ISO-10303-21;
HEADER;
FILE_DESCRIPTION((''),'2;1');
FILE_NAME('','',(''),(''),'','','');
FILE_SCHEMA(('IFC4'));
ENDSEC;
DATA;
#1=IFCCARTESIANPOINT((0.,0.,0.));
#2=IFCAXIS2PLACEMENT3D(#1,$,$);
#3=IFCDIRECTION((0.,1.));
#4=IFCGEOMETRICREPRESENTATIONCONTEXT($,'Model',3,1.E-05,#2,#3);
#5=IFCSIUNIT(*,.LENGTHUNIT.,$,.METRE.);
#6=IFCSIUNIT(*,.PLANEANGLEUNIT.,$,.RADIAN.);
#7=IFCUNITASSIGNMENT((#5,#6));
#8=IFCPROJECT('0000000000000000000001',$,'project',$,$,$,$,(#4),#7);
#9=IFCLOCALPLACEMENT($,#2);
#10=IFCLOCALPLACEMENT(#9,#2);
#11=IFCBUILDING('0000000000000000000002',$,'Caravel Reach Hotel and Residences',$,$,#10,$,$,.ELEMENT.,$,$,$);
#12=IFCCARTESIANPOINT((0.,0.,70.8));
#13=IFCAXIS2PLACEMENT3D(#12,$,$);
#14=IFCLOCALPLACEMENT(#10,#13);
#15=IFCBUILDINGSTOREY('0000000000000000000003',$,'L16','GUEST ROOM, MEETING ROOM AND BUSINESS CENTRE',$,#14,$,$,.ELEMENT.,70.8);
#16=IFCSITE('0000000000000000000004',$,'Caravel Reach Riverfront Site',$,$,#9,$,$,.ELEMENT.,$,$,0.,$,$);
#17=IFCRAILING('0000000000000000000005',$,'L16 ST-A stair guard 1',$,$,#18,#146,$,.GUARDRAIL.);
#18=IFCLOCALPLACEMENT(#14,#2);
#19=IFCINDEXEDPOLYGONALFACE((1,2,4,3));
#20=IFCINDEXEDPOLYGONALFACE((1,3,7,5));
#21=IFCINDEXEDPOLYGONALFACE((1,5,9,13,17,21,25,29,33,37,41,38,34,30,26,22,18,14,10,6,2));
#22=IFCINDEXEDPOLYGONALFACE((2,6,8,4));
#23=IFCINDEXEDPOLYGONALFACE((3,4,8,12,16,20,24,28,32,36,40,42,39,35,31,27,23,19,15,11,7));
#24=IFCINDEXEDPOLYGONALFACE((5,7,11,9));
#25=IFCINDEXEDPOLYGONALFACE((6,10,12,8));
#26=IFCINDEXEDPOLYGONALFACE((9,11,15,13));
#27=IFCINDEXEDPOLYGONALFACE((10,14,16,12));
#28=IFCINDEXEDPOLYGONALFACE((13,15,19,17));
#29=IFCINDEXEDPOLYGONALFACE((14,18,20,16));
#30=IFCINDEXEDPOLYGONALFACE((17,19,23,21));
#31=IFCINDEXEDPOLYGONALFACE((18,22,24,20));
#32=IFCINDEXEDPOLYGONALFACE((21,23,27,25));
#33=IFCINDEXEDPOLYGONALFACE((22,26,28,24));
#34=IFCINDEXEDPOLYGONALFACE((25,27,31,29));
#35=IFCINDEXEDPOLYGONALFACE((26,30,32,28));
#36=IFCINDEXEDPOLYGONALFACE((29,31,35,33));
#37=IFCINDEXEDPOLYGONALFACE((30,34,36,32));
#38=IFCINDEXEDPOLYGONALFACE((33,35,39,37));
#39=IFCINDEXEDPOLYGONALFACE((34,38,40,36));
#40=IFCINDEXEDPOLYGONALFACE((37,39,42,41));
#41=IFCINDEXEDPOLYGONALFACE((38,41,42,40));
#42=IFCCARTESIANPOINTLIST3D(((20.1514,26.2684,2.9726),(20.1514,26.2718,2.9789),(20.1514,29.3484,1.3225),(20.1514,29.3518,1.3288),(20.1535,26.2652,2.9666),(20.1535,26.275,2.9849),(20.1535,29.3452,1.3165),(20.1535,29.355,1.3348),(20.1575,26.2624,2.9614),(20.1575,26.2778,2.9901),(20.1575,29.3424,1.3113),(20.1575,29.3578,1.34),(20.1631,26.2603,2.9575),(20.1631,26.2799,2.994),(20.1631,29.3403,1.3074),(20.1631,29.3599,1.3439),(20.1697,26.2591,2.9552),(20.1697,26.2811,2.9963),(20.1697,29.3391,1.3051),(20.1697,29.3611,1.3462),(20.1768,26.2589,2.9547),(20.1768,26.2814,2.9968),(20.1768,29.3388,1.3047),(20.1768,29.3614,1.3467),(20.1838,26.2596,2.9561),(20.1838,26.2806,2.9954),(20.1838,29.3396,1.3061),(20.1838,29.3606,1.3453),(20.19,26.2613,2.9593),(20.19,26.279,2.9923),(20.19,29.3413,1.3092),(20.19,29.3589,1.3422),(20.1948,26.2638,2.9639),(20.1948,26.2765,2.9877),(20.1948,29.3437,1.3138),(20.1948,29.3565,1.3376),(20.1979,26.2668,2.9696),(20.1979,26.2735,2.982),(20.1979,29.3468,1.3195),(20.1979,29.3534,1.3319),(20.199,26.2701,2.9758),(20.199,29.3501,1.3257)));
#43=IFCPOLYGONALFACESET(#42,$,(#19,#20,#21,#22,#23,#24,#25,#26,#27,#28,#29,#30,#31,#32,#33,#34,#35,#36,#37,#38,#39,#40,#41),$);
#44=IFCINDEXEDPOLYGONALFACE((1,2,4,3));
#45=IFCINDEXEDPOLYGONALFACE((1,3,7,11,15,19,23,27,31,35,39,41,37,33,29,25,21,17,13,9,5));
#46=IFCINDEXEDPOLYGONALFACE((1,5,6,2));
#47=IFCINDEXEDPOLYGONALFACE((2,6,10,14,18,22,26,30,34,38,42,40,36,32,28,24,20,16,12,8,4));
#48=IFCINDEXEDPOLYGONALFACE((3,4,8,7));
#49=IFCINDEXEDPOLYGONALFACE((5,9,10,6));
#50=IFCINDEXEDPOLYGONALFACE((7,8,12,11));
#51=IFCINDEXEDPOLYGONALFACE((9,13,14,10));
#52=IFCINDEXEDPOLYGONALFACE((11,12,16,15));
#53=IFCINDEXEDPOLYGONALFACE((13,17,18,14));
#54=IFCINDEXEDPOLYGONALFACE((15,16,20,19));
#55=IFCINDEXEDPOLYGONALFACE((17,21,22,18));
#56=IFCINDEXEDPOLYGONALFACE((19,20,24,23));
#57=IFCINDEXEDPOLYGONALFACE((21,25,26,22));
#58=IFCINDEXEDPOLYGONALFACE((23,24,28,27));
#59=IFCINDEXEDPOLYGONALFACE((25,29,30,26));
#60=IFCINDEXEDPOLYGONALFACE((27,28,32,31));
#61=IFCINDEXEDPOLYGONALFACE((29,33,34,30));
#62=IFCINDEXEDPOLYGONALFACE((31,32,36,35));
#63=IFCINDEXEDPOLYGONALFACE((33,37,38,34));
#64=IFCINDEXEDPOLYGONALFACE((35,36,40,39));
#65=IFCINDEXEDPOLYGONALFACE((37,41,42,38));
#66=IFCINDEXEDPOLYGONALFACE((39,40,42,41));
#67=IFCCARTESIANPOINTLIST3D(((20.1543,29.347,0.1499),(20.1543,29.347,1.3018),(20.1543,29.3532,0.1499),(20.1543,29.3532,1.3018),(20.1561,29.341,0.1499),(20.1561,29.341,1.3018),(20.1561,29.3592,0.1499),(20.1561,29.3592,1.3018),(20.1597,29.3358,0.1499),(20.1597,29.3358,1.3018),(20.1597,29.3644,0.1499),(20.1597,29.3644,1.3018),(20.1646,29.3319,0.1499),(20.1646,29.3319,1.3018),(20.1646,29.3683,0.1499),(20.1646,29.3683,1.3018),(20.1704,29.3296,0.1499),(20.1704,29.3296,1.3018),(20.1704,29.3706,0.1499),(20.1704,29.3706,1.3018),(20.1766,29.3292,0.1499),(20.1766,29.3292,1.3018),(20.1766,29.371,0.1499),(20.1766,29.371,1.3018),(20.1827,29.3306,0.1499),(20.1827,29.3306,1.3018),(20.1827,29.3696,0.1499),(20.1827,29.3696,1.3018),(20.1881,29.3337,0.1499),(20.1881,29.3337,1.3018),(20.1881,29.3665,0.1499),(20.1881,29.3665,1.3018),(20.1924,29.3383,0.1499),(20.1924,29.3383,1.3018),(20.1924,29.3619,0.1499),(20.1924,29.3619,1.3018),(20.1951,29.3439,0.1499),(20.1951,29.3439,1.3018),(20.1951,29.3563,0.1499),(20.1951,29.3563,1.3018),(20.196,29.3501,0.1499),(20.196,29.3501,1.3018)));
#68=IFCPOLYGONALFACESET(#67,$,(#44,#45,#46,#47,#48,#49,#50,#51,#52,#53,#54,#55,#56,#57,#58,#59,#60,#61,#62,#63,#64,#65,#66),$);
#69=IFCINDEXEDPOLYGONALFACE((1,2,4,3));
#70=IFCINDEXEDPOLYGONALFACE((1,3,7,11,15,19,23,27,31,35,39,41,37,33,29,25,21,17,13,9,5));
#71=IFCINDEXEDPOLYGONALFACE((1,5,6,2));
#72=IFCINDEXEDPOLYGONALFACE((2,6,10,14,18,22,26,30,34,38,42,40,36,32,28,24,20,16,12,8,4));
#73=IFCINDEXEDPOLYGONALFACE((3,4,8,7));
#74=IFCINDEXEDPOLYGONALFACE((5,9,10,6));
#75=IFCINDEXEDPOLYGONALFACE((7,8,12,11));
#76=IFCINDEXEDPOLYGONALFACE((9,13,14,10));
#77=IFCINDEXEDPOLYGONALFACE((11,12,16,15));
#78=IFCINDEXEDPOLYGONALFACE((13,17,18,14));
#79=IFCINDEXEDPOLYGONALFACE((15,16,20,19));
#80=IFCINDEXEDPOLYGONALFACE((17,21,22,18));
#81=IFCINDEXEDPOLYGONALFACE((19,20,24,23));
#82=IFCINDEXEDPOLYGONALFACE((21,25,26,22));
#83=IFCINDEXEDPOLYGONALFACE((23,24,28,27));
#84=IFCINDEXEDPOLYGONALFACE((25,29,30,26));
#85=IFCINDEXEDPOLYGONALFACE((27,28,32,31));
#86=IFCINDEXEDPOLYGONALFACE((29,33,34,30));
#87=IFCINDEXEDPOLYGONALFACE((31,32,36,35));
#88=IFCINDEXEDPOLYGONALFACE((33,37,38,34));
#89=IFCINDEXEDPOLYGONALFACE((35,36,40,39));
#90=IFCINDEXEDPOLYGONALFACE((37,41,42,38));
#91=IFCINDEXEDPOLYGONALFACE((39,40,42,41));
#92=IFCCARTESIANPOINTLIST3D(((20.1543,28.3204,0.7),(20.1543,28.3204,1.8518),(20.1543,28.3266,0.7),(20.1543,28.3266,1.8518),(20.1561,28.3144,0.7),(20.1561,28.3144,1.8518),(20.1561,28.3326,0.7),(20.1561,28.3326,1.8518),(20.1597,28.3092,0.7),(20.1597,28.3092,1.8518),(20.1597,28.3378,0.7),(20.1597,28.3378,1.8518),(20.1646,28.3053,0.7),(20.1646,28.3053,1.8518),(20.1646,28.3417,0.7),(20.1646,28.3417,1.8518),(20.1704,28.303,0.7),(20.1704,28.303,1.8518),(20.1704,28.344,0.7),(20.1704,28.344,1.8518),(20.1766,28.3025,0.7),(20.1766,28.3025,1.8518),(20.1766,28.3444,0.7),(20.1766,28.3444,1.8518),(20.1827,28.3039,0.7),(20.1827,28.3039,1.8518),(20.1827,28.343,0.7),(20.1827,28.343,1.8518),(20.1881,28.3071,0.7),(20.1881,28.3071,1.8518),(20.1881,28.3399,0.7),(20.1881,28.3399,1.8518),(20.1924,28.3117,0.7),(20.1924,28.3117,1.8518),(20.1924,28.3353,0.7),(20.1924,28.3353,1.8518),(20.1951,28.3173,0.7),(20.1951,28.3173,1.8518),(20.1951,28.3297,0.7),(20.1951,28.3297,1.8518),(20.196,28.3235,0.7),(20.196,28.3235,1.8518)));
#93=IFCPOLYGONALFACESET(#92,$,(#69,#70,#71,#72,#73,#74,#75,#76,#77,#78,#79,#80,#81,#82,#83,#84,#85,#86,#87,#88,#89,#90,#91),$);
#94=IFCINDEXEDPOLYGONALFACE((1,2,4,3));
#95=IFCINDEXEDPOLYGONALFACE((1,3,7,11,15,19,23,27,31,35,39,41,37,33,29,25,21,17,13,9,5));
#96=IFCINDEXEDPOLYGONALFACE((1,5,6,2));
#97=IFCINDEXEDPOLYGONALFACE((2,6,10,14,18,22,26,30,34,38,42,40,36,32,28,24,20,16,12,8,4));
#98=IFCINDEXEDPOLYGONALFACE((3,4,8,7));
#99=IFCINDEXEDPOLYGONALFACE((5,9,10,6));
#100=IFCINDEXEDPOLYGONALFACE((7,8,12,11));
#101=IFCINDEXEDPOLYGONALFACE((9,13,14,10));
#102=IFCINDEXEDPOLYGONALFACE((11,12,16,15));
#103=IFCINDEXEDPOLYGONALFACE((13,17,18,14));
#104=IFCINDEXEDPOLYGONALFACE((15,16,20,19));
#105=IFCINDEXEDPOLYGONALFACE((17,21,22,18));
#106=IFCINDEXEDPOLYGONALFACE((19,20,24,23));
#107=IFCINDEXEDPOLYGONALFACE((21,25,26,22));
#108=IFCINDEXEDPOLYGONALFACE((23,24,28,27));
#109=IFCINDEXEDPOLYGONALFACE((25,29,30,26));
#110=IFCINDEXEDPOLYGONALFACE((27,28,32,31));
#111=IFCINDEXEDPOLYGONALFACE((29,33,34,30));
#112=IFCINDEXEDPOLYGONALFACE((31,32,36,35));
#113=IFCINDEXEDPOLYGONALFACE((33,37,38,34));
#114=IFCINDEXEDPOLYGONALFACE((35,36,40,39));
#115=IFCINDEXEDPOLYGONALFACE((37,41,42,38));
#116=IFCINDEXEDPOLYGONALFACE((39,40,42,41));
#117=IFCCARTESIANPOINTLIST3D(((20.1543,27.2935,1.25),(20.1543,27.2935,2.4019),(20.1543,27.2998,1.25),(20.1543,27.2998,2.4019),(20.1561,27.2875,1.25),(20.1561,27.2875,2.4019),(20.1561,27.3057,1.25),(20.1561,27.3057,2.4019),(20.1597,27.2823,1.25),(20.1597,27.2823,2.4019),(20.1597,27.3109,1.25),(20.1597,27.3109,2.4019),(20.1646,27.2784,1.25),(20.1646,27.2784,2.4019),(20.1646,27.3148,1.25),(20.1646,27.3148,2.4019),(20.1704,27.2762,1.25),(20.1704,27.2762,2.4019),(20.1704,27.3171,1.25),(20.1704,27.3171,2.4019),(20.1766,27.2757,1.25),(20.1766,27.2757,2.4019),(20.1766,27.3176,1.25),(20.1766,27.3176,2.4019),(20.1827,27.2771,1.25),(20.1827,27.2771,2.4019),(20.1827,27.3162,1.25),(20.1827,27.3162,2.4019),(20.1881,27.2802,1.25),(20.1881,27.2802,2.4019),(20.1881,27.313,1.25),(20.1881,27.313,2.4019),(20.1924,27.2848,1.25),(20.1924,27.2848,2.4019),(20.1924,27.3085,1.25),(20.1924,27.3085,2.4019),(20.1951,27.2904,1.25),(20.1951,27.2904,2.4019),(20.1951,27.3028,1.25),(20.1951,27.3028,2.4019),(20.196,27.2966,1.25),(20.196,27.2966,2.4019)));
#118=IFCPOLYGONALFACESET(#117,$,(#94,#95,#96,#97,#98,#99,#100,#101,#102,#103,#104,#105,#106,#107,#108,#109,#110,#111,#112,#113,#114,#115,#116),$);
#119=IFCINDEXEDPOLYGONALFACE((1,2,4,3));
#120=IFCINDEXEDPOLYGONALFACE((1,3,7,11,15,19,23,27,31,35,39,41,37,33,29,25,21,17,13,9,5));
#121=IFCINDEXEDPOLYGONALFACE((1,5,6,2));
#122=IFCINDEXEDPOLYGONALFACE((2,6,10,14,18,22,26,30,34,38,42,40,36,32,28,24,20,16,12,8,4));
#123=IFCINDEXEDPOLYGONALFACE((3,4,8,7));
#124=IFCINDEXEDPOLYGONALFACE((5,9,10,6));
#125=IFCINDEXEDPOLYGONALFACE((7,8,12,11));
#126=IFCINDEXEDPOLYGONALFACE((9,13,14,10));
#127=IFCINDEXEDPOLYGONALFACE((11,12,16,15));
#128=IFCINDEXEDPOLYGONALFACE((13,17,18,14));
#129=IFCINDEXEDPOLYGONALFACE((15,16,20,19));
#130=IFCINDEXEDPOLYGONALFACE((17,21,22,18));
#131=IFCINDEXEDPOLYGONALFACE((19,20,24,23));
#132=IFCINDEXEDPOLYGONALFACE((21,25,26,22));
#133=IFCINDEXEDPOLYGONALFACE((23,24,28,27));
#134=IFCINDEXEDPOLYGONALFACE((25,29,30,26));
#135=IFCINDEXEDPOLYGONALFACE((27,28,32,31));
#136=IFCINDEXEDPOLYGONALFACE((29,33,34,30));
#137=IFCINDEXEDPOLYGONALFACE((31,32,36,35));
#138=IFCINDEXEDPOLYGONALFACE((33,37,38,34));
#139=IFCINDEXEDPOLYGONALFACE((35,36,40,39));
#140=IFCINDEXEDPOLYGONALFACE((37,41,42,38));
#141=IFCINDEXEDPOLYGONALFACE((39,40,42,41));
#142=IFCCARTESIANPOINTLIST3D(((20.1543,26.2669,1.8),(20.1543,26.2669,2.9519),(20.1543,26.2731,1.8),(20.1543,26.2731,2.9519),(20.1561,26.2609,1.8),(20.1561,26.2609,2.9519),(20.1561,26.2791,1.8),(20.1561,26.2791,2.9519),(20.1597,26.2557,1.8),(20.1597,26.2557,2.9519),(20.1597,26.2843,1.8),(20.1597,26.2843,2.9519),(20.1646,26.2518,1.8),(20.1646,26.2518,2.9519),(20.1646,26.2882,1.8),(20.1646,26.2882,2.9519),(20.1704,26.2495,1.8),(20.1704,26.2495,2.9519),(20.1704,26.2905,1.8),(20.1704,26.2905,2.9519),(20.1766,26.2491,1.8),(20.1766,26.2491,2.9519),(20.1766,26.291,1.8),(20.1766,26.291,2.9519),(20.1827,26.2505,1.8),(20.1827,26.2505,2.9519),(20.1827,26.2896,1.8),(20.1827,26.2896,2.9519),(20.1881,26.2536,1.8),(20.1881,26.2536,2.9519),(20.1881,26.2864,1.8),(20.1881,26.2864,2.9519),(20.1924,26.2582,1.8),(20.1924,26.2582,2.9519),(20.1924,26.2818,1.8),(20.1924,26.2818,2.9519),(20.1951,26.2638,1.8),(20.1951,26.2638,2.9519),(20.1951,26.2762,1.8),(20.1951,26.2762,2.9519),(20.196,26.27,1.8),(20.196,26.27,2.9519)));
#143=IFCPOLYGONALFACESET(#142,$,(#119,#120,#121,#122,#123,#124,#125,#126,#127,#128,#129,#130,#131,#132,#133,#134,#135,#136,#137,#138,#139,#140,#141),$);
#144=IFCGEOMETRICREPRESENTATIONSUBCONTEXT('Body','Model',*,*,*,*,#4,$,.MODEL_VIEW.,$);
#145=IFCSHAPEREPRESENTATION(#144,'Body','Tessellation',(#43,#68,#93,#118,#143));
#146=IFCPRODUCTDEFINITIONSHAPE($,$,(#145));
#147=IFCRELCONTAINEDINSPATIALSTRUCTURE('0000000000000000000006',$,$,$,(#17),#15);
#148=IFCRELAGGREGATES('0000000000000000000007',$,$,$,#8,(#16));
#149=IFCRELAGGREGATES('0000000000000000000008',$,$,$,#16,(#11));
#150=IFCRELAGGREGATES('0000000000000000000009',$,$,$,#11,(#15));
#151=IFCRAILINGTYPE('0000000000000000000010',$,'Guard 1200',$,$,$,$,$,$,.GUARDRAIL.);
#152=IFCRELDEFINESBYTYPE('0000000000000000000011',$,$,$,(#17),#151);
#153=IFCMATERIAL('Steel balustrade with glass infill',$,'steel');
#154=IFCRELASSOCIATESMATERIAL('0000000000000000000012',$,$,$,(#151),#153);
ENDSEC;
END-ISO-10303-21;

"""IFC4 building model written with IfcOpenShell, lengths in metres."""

from ifc_helpers import new_model, si_unit, direction, frame, origin, origin_2d, place, context, subcontext, project, spatial, circle, extrude, material, type_object, element, save


model = new_model("IFC4")

# Units and contexts
model_context = context("Model", 3, precision=1e-05, world=origin(), true_north=direction((0.0, 1.0)))
body_context = subcontext(model_context, "Body", "Model", "MODEL_VIEW")
ifc_project = project(units=[si_unit("LENGTHUNIT", "METRE"), si_unit("PLANEANGLEUNIT", "RADIAN")], contexts=[model_context])

# Site, building, storey
site_placement = place(None, origin())
site = spatial("IfcSite", under=ifc_project, at=site_placement, Name="Caravel Reach Riverfront Site", CompositionType="ELEMENT", RefElevation=0.0)
building_placement = place(site_placement, origin())
building = spatial("IfcBuilding", under=site, at=building_placement, Name="Caravel Reach Hotel and Residences", CompositionType="ELEMENT")
storey_placement = place(building_placement, frame((0.0, 0.0, 70.8)))
storey = spatial("IfcBuildingStorey", under=building, at=storey_placement, Name="L16", Description="GUEST ROOM, MEETING ROOM AND BUSINESS CENTRE", CompositionType="ELEMENT", Elevation=70.8)

# Railing
ifc_material_1 = material(Name="Steel balustrade with glass infill", Category="steel")
railing_type_1 = type_object("IfcRailingType", Name="Guard 1200", PredefinedType="GUARDRAIL", material=ifc_material_1)
railing_1_placement = place(storey_placement, frame((20.175, 29.3501, 0.1499)))
element("IfcRailing", 1, at=railing_1_placement, inside=storey, type_object=railing_type_1, Name="L16 ST-A stair guard 1", PredefinedType="GUARDRAIL", context=body_context, shape_type="SweptSolid", body=[
    extrude(circle(Radius=0.0239, at=origin_2d()), frame((0.0, 0.0, 1.1758), z_axis=(0.0, -0.881468, 0.472245), x_axis=(1.0, 0.0, 0.0)), (0.0, 0.0, 1.0), 3.4941),
    extrude(circle(Radius=0.021, at=origin_2d()), origin(), (0.0, 0.0, 1.0), 1.1519),
    extrude(circle(Radius=0.021, at=origin_2d()), frame((0.0, -1.0266, 0.55)), (0.0, 0.0, 1.0), 1.1519),
    extrude(circle(Radius=0.021, at=origin_2d()), frame((0.0, -2.0535, 1.1001)), (0.0, 0.0, 1.0), 1.1519),
    extrude(circle(Radius=0.021, at=origin_2d()), frame((0.0, -3.0801, 1.6501)), (0.0, 0.0, 1.0), 1.1519),
])

save(model, "model.ifc")
